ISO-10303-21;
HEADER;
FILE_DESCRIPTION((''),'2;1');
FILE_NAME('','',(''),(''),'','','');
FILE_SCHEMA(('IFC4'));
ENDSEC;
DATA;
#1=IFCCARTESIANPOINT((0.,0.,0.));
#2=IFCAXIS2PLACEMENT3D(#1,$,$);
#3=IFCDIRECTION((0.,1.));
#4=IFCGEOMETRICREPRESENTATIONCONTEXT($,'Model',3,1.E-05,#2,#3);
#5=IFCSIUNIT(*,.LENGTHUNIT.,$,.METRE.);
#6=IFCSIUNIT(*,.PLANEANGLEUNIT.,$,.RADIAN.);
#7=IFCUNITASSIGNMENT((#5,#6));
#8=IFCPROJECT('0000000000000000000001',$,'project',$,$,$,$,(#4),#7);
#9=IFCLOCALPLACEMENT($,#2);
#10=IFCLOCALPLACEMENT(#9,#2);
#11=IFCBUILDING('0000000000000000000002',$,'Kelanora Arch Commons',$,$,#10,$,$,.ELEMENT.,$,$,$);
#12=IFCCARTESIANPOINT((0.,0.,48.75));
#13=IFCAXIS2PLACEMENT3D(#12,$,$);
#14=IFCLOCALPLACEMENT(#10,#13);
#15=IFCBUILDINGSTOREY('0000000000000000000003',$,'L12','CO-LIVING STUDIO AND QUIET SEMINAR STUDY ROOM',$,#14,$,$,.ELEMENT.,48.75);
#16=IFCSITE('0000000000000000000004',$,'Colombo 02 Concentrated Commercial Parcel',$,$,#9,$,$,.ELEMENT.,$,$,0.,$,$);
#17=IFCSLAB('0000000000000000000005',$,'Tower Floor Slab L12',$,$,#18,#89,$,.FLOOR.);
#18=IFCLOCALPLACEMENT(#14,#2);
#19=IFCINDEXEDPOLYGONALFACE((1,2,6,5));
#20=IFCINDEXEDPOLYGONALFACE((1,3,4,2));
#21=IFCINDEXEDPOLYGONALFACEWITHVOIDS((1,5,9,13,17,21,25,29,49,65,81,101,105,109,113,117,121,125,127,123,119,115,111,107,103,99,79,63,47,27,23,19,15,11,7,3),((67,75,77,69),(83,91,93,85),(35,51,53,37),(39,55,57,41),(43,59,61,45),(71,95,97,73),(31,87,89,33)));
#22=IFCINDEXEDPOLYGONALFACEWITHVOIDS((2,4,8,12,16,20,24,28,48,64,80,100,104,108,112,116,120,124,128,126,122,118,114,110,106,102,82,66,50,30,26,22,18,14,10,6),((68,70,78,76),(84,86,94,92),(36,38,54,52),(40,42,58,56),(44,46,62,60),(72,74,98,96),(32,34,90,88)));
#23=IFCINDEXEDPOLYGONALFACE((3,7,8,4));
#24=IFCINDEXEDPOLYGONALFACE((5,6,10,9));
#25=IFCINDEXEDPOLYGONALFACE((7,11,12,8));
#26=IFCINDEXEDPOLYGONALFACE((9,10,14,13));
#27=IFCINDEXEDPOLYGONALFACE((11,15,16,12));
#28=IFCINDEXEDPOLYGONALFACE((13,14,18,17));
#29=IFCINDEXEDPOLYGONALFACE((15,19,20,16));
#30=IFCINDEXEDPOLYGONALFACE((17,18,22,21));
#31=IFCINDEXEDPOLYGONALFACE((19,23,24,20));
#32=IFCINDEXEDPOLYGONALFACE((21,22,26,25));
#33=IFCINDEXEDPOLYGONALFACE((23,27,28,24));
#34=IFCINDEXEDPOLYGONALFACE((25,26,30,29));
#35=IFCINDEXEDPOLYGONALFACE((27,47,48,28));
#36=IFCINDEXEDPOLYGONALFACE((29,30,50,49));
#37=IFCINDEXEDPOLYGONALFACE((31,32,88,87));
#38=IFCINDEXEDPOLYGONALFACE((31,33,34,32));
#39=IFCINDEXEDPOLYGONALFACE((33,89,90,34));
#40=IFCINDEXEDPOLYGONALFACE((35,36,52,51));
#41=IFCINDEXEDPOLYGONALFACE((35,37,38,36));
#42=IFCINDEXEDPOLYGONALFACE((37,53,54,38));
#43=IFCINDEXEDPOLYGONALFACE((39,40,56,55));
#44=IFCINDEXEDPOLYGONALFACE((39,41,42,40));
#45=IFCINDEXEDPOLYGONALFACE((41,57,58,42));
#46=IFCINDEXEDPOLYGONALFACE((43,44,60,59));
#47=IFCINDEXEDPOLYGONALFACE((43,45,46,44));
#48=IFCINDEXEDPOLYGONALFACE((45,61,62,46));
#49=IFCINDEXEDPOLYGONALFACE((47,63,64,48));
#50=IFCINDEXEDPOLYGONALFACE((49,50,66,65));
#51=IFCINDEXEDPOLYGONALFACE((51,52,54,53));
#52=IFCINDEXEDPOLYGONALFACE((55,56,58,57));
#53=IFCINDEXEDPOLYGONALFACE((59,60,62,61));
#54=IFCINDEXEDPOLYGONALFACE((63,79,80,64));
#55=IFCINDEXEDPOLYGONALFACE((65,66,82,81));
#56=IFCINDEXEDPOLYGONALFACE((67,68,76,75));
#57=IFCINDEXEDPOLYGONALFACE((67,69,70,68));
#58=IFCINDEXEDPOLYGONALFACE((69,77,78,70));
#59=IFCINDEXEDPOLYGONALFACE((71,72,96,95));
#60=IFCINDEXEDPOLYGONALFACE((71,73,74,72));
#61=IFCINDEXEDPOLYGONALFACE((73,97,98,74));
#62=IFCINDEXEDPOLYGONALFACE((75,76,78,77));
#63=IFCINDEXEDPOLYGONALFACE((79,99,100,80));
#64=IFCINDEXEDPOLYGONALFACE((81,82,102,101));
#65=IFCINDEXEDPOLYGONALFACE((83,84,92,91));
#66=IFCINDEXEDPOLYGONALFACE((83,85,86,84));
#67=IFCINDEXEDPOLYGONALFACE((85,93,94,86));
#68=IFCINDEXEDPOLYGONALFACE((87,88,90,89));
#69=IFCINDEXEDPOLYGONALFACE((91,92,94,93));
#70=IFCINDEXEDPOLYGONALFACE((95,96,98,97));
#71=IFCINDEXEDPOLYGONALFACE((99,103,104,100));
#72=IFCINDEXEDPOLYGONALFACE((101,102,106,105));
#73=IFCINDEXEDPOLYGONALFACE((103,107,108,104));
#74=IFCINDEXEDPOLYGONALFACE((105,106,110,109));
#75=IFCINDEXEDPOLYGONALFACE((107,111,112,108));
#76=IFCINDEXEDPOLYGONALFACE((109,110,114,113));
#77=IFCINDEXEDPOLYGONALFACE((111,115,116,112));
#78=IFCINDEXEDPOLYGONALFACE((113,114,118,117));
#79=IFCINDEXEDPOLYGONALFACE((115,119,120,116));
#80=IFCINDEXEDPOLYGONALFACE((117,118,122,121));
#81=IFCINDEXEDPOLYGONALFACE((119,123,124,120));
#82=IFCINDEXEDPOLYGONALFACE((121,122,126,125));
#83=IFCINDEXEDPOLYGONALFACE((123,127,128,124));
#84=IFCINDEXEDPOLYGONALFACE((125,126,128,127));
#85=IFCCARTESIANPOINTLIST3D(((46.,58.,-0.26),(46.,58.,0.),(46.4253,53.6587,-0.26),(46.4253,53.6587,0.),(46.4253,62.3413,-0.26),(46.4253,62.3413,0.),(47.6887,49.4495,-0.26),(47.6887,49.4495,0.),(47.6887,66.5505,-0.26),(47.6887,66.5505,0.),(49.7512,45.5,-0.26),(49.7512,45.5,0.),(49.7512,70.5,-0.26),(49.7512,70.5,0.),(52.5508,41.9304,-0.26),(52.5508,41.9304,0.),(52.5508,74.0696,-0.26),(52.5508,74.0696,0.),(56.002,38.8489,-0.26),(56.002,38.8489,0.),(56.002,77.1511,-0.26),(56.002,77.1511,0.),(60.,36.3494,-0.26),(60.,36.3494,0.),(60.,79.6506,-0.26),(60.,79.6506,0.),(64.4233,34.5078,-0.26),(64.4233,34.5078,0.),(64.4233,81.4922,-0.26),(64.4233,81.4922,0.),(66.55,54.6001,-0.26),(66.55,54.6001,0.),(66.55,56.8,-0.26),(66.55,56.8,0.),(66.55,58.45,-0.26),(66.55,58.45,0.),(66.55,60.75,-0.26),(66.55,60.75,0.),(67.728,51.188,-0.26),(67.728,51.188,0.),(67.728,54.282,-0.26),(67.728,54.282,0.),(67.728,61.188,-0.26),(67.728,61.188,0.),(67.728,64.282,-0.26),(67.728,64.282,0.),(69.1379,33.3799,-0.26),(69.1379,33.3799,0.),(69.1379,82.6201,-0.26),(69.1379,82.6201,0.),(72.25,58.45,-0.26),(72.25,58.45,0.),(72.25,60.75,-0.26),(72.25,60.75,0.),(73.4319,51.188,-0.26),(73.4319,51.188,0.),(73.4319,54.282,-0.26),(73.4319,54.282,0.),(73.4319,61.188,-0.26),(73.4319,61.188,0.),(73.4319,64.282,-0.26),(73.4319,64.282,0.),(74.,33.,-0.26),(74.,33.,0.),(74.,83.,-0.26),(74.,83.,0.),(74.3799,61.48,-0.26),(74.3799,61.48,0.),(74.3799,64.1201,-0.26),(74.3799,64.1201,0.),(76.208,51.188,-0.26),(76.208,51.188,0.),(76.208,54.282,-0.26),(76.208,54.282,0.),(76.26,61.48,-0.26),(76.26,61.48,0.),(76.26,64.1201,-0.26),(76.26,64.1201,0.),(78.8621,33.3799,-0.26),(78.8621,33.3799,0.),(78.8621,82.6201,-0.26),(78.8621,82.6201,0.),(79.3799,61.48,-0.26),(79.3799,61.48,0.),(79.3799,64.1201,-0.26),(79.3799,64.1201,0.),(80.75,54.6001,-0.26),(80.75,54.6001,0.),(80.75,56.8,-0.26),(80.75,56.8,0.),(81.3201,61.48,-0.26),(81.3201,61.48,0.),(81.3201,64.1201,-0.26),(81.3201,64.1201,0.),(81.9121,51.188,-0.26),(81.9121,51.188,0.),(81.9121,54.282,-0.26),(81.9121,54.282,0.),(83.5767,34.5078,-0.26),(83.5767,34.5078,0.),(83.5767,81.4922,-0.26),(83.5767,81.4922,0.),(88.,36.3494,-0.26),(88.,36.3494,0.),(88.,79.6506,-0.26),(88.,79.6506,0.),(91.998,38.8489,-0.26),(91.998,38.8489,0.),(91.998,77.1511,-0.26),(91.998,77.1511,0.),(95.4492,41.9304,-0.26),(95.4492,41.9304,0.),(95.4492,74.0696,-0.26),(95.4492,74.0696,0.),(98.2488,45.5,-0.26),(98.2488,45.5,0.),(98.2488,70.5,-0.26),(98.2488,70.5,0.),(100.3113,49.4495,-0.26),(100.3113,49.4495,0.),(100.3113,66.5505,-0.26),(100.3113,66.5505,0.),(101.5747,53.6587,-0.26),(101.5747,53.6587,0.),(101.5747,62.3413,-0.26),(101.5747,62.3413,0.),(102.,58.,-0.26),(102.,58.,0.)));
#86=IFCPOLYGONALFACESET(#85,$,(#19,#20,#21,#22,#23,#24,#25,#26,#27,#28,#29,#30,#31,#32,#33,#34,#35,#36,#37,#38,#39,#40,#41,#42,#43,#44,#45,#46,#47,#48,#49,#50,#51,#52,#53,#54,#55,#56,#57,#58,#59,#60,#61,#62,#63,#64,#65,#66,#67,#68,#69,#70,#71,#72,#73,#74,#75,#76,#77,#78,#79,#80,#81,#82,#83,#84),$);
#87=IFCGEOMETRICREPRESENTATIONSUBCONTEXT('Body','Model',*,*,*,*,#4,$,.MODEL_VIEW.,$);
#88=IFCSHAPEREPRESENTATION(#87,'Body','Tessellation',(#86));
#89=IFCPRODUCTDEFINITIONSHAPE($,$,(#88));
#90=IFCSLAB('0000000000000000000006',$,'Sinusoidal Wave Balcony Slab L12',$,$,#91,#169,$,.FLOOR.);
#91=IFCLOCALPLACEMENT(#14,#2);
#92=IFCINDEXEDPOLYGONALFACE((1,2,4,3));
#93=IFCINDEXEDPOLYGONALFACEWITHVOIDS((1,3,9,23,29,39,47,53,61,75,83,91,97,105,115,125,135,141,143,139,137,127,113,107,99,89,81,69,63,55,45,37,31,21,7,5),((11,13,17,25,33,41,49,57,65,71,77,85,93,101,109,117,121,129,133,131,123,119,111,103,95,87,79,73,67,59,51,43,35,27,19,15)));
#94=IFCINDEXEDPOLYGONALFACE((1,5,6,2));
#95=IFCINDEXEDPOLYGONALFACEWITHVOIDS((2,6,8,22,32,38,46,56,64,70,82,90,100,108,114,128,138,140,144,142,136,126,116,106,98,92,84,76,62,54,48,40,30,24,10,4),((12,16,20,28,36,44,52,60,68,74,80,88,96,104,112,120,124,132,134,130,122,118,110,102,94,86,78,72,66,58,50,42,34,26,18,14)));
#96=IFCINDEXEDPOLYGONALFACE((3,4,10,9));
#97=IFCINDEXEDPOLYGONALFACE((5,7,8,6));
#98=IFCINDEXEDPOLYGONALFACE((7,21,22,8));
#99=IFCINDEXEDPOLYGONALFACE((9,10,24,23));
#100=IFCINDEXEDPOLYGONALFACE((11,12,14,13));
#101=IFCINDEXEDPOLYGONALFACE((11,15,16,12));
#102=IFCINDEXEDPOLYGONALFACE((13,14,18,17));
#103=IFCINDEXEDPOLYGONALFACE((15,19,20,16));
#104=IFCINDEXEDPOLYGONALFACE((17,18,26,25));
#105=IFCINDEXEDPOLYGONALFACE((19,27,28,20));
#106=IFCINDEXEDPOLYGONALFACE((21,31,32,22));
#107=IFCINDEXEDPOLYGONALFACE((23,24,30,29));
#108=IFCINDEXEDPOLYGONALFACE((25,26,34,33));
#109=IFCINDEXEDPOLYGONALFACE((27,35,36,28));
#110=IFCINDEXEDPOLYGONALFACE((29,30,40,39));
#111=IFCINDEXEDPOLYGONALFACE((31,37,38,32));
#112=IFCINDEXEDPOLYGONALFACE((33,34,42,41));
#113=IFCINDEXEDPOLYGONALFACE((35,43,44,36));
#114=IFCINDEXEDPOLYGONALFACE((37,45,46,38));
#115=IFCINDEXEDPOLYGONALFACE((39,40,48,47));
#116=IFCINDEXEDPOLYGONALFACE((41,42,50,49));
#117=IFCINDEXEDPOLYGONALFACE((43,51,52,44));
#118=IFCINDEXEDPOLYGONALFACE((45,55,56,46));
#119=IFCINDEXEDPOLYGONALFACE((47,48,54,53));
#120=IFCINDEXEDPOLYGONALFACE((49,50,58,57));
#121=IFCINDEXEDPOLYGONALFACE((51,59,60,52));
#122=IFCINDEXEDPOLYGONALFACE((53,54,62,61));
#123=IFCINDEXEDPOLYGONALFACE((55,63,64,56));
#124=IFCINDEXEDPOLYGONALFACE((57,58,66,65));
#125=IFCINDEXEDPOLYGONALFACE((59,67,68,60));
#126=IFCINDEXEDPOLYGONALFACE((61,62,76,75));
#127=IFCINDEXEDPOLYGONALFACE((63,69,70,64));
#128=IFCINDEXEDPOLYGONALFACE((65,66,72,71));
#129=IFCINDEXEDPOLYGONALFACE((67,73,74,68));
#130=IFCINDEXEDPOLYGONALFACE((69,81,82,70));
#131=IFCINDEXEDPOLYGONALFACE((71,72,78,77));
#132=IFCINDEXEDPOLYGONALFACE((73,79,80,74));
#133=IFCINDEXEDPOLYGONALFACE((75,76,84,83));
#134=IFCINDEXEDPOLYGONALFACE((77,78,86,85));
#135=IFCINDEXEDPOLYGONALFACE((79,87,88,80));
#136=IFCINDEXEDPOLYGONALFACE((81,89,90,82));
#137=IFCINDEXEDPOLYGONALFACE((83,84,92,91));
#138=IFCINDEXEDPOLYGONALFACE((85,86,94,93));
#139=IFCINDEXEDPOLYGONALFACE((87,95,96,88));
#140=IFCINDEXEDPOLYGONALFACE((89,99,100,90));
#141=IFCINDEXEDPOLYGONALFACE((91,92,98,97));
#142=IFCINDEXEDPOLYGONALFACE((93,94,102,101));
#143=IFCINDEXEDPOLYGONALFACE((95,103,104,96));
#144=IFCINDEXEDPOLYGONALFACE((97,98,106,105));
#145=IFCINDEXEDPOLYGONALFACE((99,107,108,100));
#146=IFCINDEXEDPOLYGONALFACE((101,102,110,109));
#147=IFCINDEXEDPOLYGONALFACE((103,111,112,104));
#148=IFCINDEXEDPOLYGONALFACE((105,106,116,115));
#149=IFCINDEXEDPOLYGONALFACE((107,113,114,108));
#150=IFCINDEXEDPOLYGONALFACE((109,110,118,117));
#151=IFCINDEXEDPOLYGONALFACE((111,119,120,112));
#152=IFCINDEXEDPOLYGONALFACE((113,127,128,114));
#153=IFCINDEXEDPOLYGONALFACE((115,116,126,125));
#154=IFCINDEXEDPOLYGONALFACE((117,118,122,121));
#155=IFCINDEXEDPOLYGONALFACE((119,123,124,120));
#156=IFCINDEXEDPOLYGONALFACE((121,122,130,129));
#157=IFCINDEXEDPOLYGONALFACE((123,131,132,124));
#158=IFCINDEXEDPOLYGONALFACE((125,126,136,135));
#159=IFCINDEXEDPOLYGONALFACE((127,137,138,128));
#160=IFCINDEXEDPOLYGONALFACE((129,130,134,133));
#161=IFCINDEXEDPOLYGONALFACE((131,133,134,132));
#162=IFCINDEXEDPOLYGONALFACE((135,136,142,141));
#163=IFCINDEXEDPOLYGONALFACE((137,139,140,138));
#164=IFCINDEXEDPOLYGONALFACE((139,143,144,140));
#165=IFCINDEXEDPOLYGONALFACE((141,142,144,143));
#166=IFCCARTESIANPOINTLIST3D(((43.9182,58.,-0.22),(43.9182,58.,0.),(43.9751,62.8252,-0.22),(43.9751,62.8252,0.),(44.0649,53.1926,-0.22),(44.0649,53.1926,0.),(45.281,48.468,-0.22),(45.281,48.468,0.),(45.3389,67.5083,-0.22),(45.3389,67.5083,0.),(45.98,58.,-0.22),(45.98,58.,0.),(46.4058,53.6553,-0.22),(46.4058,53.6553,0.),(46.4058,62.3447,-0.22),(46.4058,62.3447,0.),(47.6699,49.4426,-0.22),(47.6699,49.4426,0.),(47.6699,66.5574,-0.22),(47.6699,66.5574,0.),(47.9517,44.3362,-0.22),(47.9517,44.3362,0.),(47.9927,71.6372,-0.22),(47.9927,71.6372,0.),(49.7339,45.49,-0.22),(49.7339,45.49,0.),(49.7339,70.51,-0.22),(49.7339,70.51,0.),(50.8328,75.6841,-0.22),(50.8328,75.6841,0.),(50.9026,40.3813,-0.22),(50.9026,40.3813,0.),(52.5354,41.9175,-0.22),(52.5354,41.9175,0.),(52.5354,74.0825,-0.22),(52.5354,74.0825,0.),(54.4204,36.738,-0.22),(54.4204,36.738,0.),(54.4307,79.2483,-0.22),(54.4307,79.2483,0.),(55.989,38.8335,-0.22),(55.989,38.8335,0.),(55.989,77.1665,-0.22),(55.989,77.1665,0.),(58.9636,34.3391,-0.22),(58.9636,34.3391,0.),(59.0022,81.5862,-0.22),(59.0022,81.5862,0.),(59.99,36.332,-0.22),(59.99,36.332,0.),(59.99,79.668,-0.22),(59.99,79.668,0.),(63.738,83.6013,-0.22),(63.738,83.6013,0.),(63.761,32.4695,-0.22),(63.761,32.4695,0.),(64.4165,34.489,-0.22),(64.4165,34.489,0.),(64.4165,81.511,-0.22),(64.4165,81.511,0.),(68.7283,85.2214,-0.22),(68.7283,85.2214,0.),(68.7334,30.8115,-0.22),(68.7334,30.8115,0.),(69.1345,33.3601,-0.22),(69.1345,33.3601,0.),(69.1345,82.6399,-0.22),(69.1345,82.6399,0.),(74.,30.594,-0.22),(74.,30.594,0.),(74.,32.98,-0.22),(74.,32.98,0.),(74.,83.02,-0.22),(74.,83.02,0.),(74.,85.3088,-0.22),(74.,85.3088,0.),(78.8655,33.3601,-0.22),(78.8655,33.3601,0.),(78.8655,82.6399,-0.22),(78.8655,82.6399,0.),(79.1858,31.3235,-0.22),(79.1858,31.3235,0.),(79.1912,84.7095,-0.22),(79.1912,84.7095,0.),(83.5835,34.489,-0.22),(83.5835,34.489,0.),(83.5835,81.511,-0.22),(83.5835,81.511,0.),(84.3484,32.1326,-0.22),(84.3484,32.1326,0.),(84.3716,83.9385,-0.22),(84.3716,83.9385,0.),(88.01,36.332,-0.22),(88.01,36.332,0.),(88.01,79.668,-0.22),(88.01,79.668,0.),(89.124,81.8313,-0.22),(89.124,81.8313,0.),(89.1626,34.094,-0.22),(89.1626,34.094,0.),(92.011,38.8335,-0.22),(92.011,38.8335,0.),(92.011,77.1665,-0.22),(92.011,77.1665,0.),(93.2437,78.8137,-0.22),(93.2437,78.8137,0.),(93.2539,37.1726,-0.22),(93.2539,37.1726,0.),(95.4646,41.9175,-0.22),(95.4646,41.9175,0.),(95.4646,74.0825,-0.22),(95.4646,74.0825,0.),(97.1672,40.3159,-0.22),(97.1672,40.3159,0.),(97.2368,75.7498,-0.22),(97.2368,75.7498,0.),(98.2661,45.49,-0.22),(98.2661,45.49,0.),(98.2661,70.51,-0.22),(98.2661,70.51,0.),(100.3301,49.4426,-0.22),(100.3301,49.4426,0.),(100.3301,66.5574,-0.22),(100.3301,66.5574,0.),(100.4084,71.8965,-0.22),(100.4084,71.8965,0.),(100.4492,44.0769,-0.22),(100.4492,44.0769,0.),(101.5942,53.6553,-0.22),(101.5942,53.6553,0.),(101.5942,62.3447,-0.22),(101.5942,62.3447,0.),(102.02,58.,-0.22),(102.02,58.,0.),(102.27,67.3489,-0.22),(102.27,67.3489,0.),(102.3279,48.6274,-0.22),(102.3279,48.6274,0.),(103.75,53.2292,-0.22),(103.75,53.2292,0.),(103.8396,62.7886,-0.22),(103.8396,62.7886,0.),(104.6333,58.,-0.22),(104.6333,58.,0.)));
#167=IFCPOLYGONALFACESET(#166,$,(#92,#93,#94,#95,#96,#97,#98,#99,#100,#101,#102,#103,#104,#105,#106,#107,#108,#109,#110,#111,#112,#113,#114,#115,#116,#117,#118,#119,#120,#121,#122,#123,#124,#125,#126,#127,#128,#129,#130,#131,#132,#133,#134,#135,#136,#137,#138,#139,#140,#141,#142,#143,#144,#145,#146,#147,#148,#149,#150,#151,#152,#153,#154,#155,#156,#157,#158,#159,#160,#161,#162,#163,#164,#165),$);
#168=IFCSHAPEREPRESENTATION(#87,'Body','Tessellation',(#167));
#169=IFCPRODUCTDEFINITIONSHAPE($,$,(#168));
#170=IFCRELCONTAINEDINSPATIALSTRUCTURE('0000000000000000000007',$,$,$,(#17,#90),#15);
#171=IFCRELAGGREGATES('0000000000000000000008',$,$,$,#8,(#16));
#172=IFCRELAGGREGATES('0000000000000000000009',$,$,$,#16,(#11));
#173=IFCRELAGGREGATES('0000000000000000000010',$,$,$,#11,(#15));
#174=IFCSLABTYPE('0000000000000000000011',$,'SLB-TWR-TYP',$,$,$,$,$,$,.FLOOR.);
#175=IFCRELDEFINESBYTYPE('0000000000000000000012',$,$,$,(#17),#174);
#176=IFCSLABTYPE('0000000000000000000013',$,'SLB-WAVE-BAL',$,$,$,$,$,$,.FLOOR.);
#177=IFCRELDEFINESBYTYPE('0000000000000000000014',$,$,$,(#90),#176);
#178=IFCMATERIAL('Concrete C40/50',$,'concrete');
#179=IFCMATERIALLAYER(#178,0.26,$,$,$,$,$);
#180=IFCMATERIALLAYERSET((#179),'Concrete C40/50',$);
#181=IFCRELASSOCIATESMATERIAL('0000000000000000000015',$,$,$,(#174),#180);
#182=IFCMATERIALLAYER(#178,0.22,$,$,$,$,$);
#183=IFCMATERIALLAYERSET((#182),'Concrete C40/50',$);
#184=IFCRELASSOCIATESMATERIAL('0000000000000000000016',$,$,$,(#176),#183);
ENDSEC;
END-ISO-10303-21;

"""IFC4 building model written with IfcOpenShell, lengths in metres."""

from ifc_helpers import new_model, si_unit, direction, frame, origin, place, context, subcontext, project, spatial, polyline, outline, extrude, material, layer, layer_set, type_object, element, save


model = new_model("IFC4")

# Units and contexts
model_context = context("Model", 3, precision=1e-05, world=origin(), true_north=direction((0.0, 1.0)))
body_context = subcontext(model_context, "Body", "Model", "MODEL_VIEW")
ifc_project = project(units=[si_unit("LENGTHUNIT", "METRE"), si_unit("PLANEANGLEUNIT", "RADIAN")], contexts=[model_context])

# Site, building, storey
site_placement = place(None, origin())
site = spatial("IfcSite", under=ifc_project, at=site_placement, Name="Colombo 02 Concentrated Commercial Parcel", CompositionType="ELEMENT", RefElevation=0.0)
building_placement = place(site_placement, origin())
building = spatial("IfcBuilding", under=site, at=building_placement, Name="Kelanora Arch Commons", CompositionType="ELEMENT")
storey_placement = place(building_placement, frame((0.0, 0.0, 48.75)))
storey = spatial("IfcBuildingStorey", under=building, at=storey_placement, Name="L12", Description="CO-LIVING STUDIO AND QUIET SEMINAR STUDY ROOM", CompositionType="ELEMENT", Elevation=48.75)

# Shared definitions
ifc_material_1 = material(Name="Concrete C40/50", Category="concrete")

# Slabs
ifc_layer_1 = layer(ifc_material_1, 0.26)
ifc_layer_set_1 = layer_set([ifc_layer_1], Name="Concrete C40/50")
slab_type_1 = type_object("IfcSlabType", Name="SLB-TWR-TYP", PredefinedType="FLOOR", material=ifc_layer_set_1)
slab_1_placement = place(storey_placement, frame((0.0, 0.0, -0.26)))
element("IfcSlab", 1, at=slab_1_placement, inside=storey, type_object=slab_type_1, Name="Tower Floor Slab L12", PredefinedType="FLOOR", context=body_context, shape_type="SweptSolid", body=[
    extrude(outline(polyline([(102.0, 58.0), (101.5747, 62.3413), (100.3113, 66.5505), (98.2488, 70.5), (95.4492, 74.0696), (91.998, 77.1511), (88.0, 79.6506), (83.5767, 81.4922), (78.8621, 82.6201), (74.0, 83.0), (69.1379, 82.6201), (64.4233, 81.4922), (60.0, 79.6506), (56.002, 77.1511), (52.5508, 74.0696), (49.7512, 70.5), (47.6887, 66.5505), (46.4253, 62.3413), (46.0, 58.0), (46.4253, 53.6587), (47.6887, 49.4495), (49.7512, 45.5), (52.5508, 41.9304), (56.002, 38.8489), (60.0, 36.3494), (64.4233, 34.5078), (69.1379, 33.3799), (74.0, 33.0), (78.8621, 33.3799), (83.5767, 34.5078), (88.0, 36.3494), (91.998, 38.8489), (95.4492, 41.9304), (98.2488, 45.5), (100.3113, 49.4495), (101.5747, 53.6587), (102.0, 58.0)]), holes=[polyline([(73.4319, 51.188), (67.728, 51.188), (67.728, 54.282), (73.4319, 54.282), (73.4319, 51.188)]), polyline([(76.208, 51.188), (76.208, 54.282), (81.9121, 54.282), (81.9121, 51.188), (76.208, 51.188)]), polyline([(66.55, 54.6001), (66.55, 56.8), (80.75, 56.8), (80.75, 54.6001), (66.55, 54.6001)]), polyline([(66.55, 58.45), (66.55, 60.75), (72.25, 60.75), (72.25, 58.45), (66.55, 58.45)]), polyline([(67.728, 61.188), (67.728, 64.282), (73.4319, 64.282), (73.4319, 61.188), (67.728, 61.188)]), polyline([(74.3799, 61.48), (74.3799, 64.1201), (76.26, 64.1201), (76.26, 61.48), (74.3799, 61.48)]), polyline([(79.3799, 61.48), (79.3799, 64.1201), (81.3201, 64.1201), (81.3201, 61.48), (79.3799, 61.48)])]), origin(), (0.0, 0.0, 1.0), 0.26),
])
ifc_layer_2 = layer(ifc_material_1, 0.22)
ifc_layer_set_2 = layer_set([ifc_layer_2], Name="Concrete C40/50")
slab_type_2 = type_object("IfcSlabType", Name="SLB-WAVE-BAL", PredefinedType="FLOOR", material=ifc_layer_set_2)
slab_2_placement = place(storey_placement, frame((0.0, 0.0, -0.22)))
element("IfcSlab", 2, at=slab_2_placement, inside=storey, type_object=slab_type_2, Name="Sinusoidal Wave Balcony Slab L12", PredefinedType="FLOOR", context=body_context, shape_type="SweptSolid", body=[
    extrude(outline(polyline([(104.6333, 58.0), (103.8396, 62.7886), (102.27, 67.3489), (100.4084, 71.8965), (97.2368, 75.7498), (93.2437, 78.8137), (89.124, 81.8313), (84.3716, 83.9385), (79.1912, 84.7095), (74.0, 85.3088), (68.7283, 85.2214), (63.738, 83.6013), (59.0022, 81.5862), (54.4307, 79.2483), (50.8328, 75.6841), (47.9927, 71.6372), (45.3389, 67.5083), (43.9751, 62.8252), (43.9182, 58.0), (44.0649, 53.1926), (45.281, 48.468), (47.9517, 44.3362), (50.9026, 40.3813), (54.4204, 36.738), (58.9636, 34.3391), (63.761, 32.4695), (68.7334, 30.8115), (74.0, 30.594), (79.1858, 31.3235), (84.3484, 32.1326), (89.1626, 34.094), (93.2539, 37.1726), (97.1672, 40.3159), (100.4492, 44.0769), (102.3279, 48.6274), (103.75, 53.2292), (104.6333, 58.0)]), holes=[polyline([(101.5942, 53.6553), (100.3301, 49.4426), (98.2661, 45.49), (95.4646, 41.9175), (92.011, 38.8335), (88.01, 36.332), (83.5835, 34.489), (78.8655, 33.3601), (74.0, 32.98), (69.1345, 33.3601), (64.4165, 34.489), (59.99, 36.332), (55.989, 38.8335), (52.5354, 41.9175), (49.7339, 45.49), (47.6699, 49.4426), (46.4058, 53.6553), (45.98, 58.0), (46.4058, 62.3447), (47.6699, 66.5574), (49.7339, 70.51), (52.5354, 74.0825), (55.989, 77.1665), (59.99, 79.668), (64.4165, 81.511), (69.1345, 82.6399), (74.0, 83.02), (78.8655, 82.6399), (83.5835, 81.511), (88.01, 79.668), (92.011, 77.1665), (95.4646, 74.0825), (98.2661, 70.51), (100.3301, 66.5574), (101.5942, 62.3447), (102.02, 58.0), (101.5942, 53.6553)])]), origin(), (0.0, 0.0, 1.0), 0.22),
])

save(model, "model.ifc")
